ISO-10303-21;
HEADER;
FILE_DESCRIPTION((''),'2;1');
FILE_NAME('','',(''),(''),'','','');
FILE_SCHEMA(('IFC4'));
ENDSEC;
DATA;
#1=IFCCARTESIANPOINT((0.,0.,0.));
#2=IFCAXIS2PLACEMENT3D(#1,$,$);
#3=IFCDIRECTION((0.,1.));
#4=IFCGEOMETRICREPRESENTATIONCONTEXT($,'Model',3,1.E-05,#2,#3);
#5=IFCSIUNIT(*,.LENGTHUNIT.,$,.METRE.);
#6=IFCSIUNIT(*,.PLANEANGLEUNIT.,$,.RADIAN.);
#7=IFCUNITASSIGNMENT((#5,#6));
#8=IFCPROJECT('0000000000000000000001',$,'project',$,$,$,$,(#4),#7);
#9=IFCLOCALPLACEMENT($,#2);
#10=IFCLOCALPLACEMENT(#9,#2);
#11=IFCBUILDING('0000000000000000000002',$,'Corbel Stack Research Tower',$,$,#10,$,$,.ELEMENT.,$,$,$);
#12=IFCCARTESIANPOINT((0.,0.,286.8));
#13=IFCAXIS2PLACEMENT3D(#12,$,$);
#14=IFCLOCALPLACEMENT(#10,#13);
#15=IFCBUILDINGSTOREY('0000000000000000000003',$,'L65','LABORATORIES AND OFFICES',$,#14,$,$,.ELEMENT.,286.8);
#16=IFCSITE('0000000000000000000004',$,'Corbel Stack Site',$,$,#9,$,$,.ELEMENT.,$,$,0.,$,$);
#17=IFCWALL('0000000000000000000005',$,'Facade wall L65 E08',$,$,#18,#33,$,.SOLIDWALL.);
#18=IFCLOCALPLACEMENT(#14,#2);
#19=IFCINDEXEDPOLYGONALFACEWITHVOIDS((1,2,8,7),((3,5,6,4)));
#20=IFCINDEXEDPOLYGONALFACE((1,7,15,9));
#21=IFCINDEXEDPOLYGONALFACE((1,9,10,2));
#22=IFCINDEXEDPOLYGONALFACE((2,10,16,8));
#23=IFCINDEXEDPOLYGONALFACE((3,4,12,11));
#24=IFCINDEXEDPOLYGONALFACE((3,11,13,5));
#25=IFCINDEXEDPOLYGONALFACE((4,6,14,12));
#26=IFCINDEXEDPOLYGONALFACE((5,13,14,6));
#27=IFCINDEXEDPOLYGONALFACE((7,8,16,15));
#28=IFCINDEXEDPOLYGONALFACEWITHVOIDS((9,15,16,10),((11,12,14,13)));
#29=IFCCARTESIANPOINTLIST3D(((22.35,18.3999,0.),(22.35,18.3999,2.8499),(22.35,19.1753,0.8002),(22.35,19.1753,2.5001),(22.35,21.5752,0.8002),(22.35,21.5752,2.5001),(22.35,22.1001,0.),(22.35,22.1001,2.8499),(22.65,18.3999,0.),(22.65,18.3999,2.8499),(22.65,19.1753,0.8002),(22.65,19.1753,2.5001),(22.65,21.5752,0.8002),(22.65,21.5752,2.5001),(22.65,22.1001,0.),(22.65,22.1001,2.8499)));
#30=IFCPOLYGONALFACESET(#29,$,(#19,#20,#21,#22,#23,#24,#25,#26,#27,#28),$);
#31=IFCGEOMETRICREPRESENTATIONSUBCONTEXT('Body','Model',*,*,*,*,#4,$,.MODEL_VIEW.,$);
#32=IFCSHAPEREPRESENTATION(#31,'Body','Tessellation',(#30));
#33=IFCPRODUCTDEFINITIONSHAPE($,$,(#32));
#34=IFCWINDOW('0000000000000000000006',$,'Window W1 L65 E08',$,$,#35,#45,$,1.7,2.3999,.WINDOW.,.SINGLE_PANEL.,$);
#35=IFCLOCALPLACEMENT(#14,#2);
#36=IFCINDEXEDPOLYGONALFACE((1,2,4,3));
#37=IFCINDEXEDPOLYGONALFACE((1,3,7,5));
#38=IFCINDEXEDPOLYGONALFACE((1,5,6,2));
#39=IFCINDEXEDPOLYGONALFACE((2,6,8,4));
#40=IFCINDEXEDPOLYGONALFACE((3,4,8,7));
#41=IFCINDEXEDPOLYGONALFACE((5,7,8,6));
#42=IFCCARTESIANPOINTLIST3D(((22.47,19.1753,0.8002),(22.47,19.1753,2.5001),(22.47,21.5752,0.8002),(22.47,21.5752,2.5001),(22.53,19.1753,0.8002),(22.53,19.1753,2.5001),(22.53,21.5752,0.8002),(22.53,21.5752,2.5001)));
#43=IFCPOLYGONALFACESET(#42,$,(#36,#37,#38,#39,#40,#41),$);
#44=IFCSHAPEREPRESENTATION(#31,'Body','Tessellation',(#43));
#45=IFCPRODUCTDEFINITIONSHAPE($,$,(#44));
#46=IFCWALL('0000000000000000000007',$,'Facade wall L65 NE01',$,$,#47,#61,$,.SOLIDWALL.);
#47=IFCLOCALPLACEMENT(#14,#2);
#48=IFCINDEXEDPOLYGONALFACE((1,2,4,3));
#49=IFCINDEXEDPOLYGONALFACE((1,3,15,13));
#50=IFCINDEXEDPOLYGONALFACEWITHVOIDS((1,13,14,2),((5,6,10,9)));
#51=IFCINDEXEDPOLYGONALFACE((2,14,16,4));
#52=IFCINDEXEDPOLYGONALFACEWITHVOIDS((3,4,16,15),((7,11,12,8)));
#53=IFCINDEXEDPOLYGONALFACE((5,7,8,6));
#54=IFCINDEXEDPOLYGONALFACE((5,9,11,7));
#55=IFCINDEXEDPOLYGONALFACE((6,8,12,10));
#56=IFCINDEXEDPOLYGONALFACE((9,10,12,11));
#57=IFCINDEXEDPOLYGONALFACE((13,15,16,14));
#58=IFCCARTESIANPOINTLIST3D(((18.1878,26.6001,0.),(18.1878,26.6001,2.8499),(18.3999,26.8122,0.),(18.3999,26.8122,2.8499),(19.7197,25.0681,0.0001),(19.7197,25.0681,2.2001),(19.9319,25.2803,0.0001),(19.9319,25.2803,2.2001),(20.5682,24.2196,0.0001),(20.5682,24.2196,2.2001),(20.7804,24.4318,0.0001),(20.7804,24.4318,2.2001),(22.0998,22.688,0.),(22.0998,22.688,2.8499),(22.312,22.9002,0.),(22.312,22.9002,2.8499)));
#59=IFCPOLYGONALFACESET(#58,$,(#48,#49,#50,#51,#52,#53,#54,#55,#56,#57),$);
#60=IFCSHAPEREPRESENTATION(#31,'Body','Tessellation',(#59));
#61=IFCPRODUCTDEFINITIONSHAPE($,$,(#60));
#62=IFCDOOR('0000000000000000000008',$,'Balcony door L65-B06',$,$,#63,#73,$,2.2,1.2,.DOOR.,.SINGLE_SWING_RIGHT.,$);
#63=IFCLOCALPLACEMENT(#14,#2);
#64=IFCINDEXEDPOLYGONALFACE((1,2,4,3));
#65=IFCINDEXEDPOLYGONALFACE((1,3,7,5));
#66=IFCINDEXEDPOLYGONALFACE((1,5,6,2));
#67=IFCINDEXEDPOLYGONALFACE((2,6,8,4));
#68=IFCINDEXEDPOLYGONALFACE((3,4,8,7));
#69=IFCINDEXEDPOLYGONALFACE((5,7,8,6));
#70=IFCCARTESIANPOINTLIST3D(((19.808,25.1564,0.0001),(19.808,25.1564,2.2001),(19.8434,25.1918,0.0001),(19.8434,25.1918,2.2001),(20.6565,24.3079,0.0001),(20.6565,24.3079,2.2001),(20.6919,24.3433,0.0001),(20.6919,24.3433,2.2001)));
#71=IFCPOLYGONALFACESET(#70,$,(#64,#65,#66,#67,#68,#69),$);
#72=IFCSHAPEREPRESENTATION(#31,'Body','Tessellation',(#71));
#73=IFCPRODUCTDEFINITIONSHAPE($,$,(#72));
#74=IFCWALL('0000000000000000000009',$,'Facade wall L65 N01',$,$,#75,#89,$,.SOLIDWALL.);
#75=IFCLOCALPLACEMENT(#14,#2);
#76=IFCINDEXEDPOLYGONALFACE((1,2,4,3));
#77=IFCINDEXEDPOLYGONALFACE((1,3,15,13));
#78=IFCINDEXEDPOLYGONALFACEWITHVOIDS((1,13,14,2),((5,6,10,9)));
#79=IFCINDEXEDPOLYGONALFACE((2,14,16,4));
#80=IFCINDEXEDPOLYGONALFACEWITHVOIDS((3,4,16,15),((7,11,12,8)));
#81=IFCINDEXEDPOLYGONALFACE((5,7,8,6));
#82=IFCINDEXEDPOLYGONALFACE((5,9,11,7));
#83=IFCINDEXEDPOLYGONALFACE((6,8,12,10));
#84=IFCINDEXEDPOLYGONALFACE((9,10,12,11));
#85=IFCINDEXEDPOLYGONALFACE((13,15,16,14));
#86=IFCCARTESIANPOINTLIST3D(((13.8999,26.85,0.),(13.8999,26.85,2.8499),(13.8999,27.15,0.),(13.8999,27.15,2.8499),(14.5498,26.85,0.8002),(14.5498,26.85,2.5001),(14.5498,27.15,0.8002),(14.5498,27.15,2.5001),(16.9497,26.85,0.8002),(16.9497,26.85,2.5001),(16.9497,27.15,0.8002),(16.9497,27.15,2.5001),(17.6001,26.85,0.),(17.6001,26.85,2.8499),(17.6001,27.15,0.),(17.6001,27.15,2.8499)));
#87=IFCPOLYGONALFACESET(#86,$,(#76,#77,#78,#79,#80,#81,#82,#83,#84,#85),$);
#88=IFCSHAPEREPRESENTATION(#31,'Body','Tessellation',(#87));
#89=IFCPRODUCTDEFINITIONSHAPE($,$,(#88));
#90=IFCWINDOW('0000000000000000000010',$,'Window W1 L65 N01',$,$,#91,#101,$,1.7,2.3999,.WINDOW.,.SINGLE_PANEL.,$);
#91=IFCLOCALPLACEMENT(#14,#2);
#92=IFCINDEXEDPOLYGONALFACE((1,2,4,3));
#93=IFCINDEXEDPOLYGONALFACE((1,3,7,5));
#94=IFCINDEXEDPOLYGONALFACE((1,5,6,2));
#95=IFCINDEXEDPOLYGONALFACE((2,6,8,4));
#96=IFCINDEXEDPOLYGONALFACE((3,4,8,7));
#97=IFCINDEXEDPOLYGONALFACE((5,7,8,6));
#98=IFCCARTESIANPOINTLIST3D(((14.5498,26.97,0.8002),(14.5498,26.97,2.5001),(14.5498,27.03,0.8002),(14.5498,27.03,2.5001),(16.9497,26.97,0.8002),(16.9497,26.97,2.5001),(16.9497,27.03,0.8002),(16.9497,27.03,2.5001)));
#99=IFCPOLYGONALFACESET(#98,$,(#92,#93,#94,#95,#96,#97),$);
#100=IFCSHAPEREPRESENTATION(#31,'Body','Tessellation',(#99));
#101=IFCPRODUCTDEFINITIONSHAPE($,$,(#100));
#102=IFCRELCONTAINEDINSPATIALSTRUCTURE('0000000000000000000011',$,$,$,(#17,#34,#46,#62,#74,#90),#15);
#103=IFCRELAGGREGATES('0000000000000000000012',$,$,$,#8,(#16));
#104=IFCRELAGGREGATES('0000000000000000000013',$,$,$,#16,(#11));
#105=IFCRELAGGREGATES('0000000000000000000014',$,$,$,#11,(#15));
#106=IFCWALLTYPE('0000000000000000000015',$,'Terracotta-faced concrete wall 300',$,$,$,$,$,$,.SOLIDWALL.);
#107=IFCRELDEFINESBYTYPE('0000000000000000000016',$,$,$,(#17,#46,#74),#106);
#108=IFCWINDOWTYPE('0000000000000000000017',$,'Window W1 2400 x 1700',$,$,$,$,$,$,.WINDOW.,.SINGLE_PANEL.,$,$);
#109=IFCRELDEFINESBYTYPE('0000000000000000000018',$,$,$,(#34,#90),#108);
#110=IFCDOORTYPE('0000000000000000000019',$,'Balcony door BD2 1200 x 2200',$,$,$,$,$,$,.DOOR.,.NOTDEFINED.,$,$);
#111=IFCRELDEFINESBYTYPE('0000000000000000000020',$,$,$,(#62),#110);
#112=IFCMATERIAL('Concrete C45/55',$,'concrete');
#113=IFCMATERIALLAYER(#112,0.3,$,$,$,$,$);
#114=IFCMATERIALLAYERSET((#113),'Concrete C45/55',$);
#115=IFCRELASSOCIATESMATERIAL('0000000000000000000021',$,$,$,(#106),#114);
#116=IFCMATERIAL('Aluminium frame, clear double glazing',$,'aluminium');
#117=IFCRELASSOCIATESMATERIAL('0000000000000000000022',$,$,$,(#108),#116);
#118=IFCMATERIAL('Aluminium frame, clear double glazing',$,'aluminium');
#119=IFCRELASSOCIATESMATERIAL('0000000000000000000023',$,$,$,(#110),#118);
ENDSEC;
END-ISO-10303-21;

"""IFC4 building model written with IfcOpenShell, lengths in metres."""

from ifc_helpers import new_model, si_unit, direction, frame, frame_2d, origin, place, context, subcontext, project, spatial, rectangle, extrude, material, layer, layer_set, type_object, element, fill, save


model = new_model("IFC4")

# Units and contexts
model_context = context("Model", 3, precision=1e-05, world=origin(), true_north=direction((0.0, 1.0)))
body_context = subcontext(model_context, "Body", "Model", "MODEL_VIEW")
ifc_project = project(units=[si_unit("LENGTHUNIT", "METRE"), si_unit("PLANEANGLEUNIT", "RADIAN")], contexts=[model_context])

# Site, building, storey
site_placement = place(None, origin())
site = spatial("IfcSite", under=ifc_project, at=site_placement, Name="Corbel Stack Site", CompositionType="ELEMENT", RefElevation=0.0)
building_placement = place(site_placement, origin())
building = spatial("IfcBuilding", under=site, at=building_placement, Name="Corbel Stack Research Tower", CompositionType="ELEMENT")
storey_placement = place(building_placement, frame((0.0, 0.0, 286.8)))
storey = spatial("IfcBuildingStorey", under=building, at=storey_placement, Name="L65", Description="LABORATORIES AND OFFICES", CompositionType="ELEMENT", Elevation=286.8)

# Shared definitions
ifc_material_1 = material(Name="Concrete C45/55", Category="concrete")
ifc_layer_1 = layer(ifc_material_1, 0.3)
ifc_layer_set_1 = layer_set([ifc_layer_1], Name="Concrete C45/55")
wall_type_1 = type_object("IfcWallType", Name="Terracotta-faced concrete wall 300", PredefinedType="SOLIDWALL", material=ifc_layer_set_1)

# Wall, opening, window
wall_1_placement = place(storey_placement, frame((22.5, 22.1001, 0.0), z_axis=(0.0, 0.0, 1.0), x_axis=(0.0, -1.0, 0.0)))
wall_1 = element("IfcWall", 1, at=wall_1_placement, inside=storey, type_object=wall_type_1, Name="Facade wall L65 E08", PredefinedType="SOLIDWALL", context=body_context, shape_type="SweptSolid", body=[
    extrude(rectangle(XDim=3.7002, YDim=0.3, at=frame_2d((1.8501, 0.0))), origin(), (0.0, 0.0, 1.0), 2.8499),
])
opening_1_placement = place(wall_1_placement, frame((0.5249, 0.0, 0.8)))
opening_1 = element("IfcOpeningElement", 2, at=opening_1_placement, cuts=wall_1, PredefinedType="OPENING", context=body_context, shape_type="SweptSolid", body=[
    extrude(rectangle(XDim=2.3999, YDim=1.7, at=frame_2d((1.2, 0.8501))), frame((0.0, 0.1599, 0.0), z_axis=(0.0, -1.0, 0.0), x_axis=(1.0, 0.0, 0.0)), (0.0, 0.0, 1.0), 0.3201),
])
ifc_material_2 = material(Name="Aluminium frame, clear double glazing", Category="aluminium")
window_type = type_object("IfcWindowType", Name="Window W1 2400 x 1700", PartitioningType="SINGLE_PANEL", PredefinedType="WINDOW", material=ifc_material_2)
window_1_placement = place(opening_1_placement, origin())
window_1 = element("IfcWindow", 3, at=window_1_placement, inside=storey, type_object=window_type, Name="Window W1 L65 E08", OverallHeight=1.7, OverallWidth=2.3999, PartitioningType="SINGLE_PANEL", PredefinedType="WINDOW", context=body_context, shape_type="SweptSolid", body=[
    extrude(rectangle(XDim=2.3999, YDim=1.7, at=frame_2d((1.2, 0.8501))), frame((0.0, 0.03, 0.0), z_axis=(0.0, -1.0, 0.0), x_axis=(1.0, 0.0, 0.0)), (0.0, 0.0, 1.0), 0.0601),
])
fill(opening_1, window_1)

# Wall, opening, door
wall_2_placement = place(storey_placement, frame((18.2939, 26.7061, 0.0), z_axis=(0.0, 0.0, 1.0), x_axis=(0.707107, -0.707107, 0.0)))
wall_2 = element("IfcWall", 4, at=wall_2_placement, inside=storey, type_object=wall_type_1, Name="Facade wall L65 NE01", PredefinedType="SOLIDWALL", context=body_context, shape_type="SweptSolid", body=[
    extrude(rectangle(XDim=5.5325, YDim=0.3, at=frame_2d((2.7661, 0.0))), origin(), (0.0, 0.0, 1.0), 2.8499),
])
opening_2_placement = place(wall_2_placement, frame((2.1663, 0.0, 0.0)))
opening_2 = element("IfcOpeningElement", 5, at=opening_2_placement, cuts=wall_2, PredefinedType="OPENING", context=body_context, shape_type="SweptSolid", body=[
    extrude(rectangle(XDim=1.2, YDim=2.2, at=frame_2d((0.6001, 1.1001))), frame((0.0, 0.1599, 0.0), z_axis=(0.0, -1.0, 0.0), x_axis=(1.0, 0.0, 0.0)), (0.0, 0.0, 1.0), 0.3201),
])
ifc_material_3 = material(Name="Aluminium frame, clear double glazing", Category="aluminium")
door_type_1 = type_object("IfcDoorType", Name="Balcony door BD2 1200 x 2200", OperationType="NOTDEFINED", PredefinedType="DOOR", material=ifc_material_3)
door_1_placement = place(opening_2_placement, origin())
door_1 = element("IfcDoor", 6, at=door_1_placement, inside=storey, type_object=door_type_1, Name="Balcony door L65-B06", OperationType="SINGLE_SWING_RIGHT", OverallHeight=2.2, OverallWidth=1.2, PredefinedType="DOOR", context=body_context, shape_type="SweptSolid", body=[
    extrude(rectangle(XDim=1.2, YDim=2.2, at=frame_2d((0.6001, 1.1001))), frame((0.0, 0.0249, 0.0), z_axis=(0.0, -1.0, 0.0), x_axis=(1.0, 0.0, 0.0)), (0.0, 0.0, 1.0), 0.05),
])
fill(opening_2, door_1)

# Wall, opening, window
wall_3_placement = place(storey_placement, frame((13.8999, 27.0, 0.0), z_axis=(0.0, 0.0, 1.0), x_axis=(1.0, 0.0, 0.0)))
wall_3 = element("IfcWall", 7, at=wall_3_placement, inside=storey, type_object=wall_type_1, Name="Facade wall L65 N01", PredefinedType="SOLIDWALL", context=body_context, shape_type="SweptSolid", body=[
    extrude(rectangle(XDim=3.7002, YDim=0.3, at=frame_2d((1.8501, 0.0))), origin(), (0.0, 0.0, 1.0), 2.8499),
])
opening_3_placement = place(wall_3_placement, frame((0.6499, 0.0, 0.8)))
opening_3 = element("IfcOpeningElement", 8, at=opening_3_placement, cuts=wall_3, PredefinedType="OPENING", context=body_context, shape_type="SweptSolid", body=[
    extrude(rectangle(XDim=2.3999, YDim=1.7, at=frame_2d((1.2, 0.8501))), frame((0.0, 0.1599, 0.0), z_axis=(0.0, -1.0, 0.0), x_axis=(1.0, 0.0, 0.0)), (0.0, 0.0, 1.0), 0.3201),
])
window_2_placement = place(opening_3_placement, origin())
window_2 = element("IfcWindow", 9, at=window_2_placement, inside=storey, type_object=window_type, Name="Window W1 L65 N01", OverallHeight=1.7, OverallWidth=2.3999, PartitioningType="SINGLE_PANEL", PredefinedType="WINDOW", context=body_context, shape_type="SweptSolid", body=[
    extrude(rectangle(XDim=2.3999, YDim=1.7, at=frame_2d((1.2, 0.8501))), frame((0.0, 0.03, 0.0), z_axis=(0.0, -1.0, 0.0), x_axis=(1.0, 0.0, 0.0)), (0.0, 0.0, 1.0), 0.0601),
])
fill(opening_3, window_2)

save(model, "model.ifc")
